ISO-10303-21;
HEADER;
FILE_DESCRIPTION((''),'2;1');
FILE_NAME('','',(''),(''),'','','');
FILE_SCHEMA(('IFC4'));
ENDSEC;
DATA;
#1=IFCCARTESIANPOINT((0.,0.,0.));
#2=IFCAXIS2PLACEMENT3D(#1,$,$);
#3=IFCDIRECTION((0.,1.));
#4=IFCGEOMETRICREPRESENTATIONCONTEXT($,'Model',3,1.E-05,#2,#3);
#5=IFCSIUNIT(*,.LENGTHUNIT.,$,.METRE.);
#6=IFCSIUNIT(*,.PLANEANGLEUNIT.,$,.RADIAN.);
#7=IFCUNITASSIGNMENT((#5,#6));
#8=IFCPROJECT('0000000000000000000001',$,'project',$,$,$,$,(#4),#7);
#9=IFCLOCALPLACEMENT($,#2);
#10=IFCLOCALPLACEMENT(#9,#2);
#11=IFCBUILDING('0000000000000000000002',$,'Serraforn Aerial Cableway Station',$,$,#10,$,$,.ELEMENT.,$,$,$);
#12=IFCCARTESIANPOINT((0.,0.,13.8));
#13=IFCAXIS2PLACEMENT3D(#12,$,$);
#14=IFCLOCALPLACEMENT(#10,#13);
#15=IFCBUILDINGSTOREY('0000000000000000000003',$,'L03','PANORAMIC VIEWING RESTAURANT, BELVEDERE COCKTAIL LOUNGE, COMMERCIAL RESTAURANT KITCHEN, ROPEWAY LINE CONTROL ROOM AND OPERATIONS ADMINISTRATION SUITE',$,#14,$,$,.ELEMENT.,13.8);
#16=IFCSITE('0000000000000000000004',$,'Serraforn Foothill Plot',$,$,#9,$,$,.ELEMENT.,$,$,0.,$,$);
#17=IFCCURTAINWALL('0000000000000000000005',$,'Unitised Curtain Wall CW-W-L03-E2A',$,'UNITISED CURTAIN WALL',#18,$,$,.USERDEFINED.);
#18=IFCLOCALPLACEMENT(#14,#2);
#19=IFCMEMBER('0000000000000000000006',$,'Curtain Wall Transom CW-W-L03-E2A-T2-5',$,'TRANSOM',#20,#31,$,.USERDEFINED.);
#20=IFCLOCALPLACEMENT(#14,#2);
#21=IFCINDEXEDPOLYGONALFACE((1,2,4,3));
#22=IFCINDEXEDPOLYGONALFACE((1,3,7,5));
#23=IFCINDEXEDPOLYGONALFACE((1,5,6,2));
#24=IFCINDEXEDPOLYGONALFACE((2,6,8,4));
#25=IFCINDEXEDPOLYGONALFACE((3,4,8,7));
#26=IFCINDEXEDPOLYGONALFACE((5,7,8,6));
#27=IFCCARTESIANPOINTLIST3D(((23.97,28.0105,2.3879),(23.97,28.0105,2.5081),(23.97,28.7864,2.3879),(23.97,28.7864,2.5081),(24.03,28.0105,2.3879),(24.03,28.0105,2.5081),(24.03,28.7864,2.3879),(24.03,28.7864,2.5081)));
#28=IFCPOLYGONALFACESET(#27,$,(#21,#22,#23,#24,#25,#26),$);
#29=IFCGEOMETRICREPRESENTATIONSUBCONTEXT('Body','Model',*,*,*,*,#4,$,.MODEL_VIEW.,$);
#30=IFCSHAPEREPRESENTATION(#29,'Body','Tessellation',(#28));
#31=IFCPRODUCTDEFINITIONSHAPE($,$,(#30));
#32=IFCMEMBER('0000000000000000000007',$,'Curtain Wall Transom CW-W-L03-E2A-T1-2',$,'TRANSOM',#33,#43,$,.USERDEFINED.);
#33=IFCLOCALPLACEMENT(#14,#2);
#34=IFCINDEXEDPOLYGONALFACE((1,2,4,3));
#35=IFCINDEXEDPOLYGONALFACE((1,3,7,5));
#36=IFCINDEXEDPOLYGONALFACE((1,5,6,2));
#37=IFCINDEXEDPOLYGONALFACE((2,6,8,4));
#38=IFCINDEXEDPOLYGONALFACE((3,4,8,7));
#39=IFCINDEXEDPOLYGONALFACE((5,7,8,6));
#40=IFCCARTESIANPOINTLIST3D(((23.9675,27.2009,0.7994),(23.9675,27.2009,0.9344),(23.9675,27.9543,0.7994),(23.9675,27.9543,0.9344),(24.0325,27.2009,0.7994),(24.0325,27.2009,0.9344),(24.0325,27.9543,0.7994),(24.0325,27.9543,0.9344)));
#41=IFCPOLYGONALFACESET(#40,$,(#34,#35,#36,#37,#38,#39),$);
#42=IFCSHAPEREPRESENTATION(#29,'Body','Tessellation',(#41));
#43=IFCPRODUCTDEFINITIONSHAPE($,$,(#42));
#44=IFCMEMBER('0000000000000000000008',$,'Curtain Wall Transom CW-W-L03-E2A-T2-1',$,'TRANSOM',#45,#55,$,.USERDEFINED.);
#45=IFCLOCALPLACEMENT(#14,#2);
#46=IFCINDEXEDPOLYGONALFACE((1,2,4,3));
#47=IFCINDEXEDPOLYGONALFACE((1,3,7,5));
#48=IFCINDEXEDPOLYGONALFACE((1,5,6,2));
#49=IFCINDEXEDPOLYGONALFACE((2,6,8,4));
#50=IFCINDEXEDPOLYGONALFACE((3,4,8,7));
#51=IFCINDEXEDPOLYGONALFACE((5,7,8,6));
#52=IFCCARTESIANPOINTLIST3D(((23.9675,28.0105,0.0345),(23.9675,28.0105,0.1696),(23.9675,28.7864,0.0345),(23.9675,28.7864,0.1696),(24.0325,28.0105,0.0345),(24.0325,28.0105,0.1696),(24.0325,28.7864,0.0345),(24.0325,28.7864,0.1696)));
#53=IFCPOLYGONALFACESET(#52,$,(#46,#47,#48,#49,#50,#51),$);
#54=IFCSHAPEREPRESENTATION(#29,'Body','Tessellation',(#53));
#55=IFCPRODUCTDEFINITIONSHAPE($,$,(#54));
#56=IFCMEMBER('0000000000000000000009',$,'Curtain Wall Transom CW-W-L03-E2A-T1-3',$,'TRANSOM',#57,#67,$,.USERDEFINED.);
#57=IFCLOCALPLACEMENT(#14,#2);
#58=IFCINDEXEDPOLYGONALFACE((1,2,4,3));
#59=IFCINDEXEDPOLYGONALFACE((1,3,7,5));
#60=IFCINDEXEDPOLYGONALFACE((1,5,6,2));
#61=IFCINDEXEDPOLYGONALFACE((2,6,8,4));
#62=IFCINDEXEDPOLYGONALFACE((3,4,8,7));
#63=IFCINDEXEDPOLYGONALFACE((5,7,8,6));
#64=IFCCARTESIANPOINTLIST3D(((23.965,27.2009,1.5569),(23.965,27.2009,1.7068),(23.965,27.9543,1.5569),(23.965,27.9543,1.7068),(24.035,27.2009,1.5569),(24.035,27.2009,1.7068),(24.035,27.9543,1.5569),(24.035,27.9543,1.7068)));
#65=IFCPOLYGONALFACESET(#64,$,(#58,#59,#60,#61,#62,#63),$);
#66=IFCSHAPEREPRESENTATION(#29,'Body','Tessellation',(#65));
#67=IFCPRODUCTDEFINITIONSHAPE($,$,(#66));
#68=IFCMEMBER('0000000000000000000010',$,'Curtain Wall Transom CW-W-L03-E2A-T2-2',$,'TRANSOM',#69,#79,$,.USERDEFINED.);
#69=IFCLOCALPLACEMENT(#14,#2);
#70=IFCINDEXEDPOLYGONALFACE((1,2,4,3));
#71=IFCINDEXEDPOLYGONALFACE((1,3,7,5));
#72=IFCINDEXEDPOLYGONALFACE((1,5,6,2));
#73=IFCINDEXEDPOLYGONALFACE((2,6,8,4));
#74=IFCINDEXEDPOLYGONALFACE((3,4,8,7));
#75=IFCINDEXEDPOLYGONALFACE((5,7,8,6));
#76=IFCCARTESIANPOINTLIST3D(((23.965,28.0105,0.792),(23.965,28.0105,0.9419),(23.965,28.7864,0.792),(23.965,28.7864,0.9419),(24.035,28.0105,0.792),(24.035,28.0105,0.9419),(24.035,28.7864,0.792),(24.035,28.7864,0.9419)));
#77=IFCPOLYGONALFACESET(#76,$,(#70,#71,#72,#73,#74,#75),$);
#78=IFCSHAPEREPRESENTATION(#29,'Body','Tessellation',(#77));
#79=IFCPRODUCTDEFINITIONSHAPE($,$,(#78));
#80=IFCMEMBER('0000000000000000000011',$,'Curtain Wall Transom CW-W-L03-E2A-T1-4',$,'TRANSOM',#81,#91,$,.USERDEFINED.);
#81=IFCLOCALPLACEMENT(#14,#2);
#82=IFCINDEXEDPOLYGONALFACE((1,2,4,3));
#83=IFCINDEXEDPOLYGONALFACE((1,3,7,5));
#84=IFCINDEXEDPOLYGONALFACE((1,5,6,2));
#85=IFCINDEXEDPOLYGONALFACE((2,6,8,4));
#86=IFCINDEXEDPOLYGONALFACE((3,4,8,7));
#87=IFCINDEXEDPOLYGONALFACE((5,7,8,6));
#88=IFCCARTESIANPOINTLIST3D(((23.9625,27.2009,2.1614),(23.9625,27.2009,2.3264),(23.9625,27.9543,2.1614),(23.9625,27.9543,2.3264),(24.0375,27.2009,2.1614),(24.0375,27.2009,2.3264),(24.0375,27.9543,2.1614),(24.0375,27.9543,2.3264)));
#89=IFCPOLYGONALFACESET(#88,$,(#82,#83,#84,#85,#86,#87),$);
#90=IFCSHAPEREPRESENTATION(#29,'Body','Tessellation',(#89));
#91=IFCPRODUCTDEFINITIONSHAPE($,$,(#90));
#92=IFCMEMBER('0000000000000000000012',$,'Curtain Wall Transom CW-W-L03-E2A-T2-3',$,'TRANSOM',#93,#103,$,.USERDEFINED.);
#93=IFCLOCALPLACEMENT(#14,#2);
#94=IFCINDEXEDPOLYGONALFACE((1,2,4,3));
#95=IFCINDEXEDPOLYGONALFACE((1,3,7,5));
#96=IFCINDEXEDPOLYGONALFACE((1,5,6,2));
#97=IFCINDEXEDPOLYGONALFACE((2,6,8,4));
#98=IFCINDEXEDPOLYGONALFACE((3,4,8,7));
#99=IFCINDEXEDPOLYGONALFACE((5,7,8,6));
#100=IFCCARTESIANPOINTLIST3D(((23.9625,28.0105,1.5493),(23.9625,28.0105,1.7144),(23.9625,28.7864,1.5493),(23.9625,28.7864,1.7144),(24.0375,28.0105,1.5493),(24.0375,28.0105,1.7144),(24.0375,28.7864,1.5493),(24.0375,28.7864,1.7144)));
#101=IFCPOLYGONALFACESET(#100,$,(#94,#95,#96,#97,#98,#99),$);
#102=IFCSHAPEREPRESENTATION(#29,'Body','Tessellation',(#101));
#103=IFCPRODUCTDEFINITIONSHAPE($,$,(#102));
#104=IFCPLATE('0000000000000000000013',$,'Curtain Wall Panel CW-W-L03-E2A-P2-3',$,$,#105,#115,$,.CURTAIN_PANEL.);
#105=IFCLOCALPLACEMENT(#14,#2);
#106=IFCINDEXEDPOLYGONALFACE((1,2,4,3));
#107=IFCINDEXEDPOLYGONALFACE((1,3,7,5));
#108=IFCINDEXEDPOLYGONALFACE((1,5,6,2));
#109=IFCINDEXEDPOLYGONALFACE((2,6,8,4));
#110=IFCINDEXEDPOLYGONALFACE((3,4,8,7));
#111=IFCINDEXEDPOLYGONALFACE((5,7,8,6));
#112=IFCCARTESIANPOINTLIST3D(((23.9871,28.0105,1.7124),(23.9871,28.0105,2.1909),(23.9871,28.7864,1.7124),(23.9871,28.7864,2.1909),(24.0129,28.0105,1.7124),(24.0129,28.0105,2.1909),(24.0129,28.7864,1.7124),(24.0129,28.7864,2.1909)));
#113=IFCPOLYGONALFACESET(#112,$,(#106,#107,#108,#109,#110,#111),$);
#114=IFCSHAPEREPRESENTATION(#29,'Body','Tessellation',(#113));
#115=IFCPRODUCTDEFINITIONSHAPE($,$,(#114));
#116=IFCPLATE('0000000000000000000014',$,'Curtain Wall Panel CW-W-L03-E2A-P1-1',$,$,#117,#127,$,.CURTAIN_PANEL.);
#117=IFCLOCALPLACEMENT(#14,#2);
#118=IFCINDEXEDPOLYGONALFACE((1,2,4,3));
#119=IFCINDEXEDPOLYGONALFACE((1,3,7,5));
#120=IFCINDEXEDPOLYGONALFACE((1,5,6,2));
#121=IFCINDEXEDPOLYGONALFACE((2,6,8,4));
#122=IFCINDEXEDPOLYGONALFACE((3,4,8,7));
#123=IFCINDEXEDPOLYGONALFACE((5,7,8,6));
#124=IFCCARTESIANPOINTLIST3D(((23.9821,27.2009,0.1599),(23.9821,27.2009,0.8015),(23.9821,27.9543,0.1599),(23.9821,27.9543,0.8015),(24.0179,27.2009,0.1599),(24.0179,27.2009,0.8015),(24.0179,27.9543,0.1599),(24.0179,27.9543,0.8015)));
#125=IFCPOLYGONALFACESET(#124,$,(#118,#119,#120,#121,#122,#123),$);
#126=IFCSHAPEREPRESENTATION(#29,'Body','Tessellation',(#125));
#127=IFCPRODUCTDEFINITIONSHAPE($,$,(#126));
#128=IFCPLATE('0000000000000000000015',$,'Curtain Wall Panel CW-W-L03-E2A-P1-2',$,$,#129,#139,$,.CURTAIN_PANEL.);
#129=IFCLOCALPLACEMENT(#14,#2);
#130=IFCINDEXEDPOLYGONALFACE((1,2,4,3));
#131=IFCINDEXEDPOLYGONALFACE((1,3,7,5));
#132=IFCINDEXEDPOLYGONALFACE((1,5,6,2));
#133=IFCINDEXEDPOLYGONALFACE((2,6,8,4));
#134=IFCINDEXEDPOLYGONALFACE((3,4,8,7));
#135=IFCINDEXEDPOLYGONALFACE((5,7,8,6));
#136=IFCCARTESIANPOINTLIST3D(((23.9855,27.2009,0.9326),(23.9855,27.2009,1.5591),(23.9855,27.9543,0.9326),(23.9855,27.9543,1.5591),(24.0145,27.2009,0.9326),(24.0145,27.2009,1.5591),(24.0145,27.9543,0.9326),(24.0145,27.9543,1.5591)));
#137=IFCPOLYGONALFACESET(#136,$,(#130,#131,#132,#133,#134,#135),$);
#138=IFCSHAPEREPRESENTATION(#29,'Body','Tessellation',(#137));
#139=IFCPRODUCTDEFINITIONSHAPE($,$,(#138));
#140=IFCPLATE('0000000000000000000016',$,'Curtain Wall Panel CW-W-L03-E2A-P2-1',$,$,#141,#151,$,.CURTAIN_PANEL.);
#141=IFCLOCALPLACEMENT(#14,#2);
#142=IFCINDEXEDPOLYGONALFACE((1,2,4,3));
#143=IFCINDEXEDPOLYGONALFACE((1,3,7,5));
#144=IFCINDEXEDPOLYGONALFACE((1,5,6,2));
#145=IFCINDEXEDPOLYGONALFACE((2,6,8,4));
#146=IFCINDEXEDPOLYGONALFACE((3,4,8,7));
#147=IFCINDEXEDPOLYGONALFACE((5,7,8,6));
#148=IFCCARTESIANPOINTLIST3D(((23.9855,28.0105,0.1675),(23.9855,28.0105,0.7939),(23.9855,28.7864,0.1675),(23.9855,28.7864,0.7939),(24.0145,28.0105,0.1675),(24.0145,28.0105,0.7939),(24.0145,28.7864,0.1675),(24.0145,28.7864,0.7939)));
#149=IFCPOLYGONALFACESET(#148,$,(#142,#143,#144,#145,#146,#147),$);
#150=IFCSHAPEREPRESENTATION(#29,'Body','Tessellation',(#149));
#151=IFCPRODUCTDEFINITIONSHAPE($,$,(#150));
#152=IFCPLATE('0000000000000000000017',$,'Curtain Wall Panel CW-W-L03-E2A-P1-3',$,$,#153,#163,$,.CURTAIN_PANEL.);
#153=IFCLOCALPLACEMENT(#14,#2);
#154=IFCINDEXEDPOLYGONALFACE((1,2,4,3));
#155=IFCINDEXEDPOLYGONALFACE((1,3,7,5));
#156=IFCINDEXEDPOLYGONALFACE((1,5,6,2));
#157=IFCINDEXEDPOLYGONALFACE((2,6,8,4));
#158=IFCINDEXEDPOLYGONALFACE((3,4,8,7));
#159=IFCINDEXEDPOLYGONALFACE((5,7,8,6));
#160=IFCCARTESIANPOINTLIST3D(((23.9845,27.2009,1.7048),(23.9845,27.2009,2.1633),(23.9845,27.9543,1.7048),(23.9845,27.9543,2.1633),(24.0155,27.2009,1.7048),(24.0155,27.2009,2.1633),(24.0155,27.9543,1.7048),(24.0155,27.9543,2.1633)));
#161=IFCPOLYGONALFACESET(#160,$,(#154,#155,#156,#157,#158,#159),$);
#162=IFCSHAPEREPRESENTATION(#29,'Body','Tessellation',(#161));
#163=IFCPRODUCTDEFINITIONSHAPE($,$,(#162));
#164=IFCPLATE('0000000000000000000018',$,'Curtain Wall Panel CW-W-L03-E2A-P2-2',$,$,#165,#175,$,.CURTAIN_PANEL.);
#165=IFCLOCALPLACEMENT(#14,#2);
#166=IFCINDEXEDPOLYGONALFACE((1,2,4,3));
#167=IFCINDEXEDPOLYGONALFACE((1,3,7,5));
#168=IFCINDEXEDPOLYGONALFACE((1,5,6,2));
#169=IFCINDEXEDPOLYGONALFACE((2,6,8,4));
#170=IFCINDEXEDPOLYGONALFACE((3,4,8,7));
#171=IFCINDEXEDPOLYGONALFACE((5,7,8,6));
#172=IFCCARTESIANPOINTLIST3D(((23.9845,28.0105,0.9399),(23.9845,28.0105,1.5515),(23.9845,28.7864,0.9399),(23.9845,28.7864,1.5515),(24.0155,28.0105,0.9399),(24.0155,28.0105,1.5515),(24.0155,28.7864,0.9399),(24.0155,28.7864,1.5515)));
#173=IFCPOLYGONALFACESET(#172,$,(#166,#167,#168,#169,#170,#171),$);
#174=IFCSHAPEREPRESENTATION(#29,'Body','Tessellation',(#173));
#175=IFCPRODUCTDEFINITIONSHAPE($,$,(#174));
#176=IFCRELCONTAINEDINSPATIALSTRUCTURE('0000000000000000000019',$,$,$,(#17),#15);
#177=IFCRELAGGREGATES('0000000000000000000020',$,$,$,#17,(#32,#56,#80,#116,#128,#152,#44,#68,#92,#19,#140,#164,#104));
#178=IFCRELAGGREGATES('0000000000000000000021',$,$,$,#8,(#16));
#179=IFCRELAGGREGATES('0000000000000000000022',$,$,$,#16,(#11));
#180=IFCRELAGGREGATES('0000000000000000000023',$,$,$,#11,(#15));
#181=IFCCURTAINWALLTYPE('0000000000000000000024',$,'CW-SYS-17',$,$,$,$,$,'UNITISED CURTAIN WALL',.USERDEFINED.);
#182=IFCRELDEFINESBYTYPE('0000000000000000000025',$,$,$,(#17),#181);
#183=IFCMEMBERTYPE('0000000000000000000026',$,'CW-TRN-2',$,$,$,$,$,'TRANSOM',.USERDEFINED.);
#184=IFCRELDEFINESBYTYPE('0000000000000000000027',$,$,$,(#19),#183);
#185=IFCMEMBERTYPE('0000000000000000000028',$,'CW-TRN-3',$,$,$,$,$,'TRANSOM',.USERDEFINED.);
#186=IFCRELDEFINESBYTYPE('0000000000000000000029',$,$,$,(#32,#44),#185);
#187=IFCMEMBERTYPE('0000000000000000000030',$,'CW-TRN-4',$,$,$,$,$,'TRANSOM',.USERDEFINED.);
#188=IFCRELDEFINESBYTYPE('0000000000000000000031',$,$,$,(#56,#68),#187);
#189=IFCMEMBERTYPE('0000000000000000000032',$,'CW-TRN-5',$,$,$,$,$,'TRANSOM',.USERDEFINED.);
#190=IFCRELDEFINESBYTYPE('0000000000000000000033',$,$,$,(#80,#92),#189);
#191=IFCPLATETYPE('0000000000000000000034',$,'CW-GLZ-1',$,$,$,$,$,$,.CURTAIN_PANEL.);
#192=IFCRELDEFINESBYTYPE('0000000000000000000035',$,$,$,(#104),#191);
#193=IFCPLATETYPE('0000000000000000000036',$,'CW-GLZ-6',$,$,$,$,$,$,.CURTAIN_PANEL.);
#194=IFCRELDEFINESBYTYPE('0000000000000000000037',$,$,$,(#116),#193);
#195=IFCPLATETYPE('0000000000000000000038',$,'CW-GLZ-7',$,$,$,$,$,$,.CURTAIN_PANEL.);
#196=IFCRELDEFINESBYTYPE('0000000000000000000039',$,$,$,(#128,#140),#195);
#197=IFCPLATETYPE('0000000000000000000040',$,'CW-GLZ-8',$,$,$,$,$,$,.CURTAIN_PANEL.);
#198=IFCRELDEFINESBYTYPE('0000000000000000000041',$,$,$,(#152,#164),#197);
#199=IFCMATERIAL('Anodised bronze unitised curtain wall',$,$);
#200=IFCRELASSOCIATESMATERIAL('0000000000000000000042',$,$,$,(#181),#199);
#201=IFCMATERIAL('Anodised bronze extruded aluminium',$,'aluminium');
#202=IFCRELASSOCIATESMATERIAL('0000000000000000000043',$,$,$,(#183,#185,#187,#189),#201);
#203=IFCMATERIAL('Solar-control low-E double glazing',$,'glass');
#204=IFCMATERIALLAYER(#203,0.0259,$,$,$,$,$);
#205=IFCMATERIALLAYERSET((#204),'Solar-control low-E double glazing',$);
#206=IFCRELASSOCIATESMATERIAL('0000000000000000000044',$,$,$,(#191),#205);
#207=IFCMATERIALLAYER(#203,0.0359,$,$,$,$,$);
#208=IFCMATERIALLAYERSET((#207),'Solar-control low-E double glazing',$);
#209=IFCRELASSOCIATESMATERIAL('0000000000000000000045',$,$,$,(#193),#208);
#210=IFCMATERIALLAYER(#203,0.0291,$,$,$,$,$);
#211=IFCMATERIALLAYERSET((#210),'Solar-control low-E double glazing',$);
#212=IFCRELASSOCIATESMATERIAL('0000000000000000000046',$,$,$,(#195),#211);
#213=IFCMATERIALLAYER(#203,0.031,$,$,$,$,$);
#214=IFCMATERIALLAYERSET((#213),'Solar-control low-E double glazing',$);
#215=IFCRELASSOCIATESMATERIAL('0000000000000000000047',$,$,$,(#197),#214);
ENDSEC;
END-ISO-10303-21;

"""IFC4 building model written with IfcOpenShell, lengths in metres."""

from ifc_helpers import new_model, si_unit, direction, frame, origin, origin_2d, place, context, subcontext, project, spatial, rectangle, extrude, material, layer, layer_set, material_profile, profile_set, type_object, element, aggregate, save


model = new_model("IFC4")

# Units and contexts
model_context = context("Model", 3, precision=1e-05, world=origin(), true_north=direction((0.0, 1.0)))
body_context = subcontext(model_context, "Body", "Model", "MODEL_VIEW")
ifc_project = project(units=[si_unit("LENGTHUNIT", "METRE"), si_unit("PLANEANGLEUNIT", "RADIAN")], contexts=[model_context])

# Site, building, storey
site_placement = place(None, origin())
site = spatial("IfcSite", under=ifc_project, at=site_placement, Name="Serraforn Foothill Plot", CompositionType="ELEMENT", RefElevation=0.0)
building_placement = place(site_placement, origin())
building = spatial("IfcBuilding", under=site, at=building_placement, Name="Serraforn Aerial Cableway Station", CompositionType="ELEMENT")
storey_placement = place(building_placement, frame((0.0, 0.0, 13.8)))
storey = spatial("IfcBuildingStorey", under=building, at=storey_placement, Name="L03", Description="PANORAMIC VIEWING RESTAURANT, BELVEDERE COCKTAIL LOUNGE, COMMERCIAL RESTAURANT KITCHEN, ROPEWAY LINE CONTROL ROOM AND OPERATIONS ADMINISTRATION SUITE", CompositionType="ELEMENT", Elevation=13.8)

# Curtain wall, members, plates
ifc_material_1 = material(Name="Anodised bronze unitised curtain wall")
curtain_wall_type = type_object("IfcCurtainWallType", Name="CW-SYS-17", ElementType="UNITISED CURTAIN WALL", PredefinedType="USERDEFINED", material=ifc_material_1)
curtain_wall_placement = place(storey_placement, origin())
curtain_wall = element("IfcCurtainWall", 1, at=curtain_wall_placement, inside=storey, type_object=curtain_wall_type, Name="Unitised Curtain Wall CW-W-L03-E2A", ObjectType="UNITISED CURTAIN WALL", PredefinedType="USERDEFINED")
ifc_material_2 = material(Name="Anodised bronze extruded aluminium", Category="aluminium")
ifc_material_profile_1 = material_profile(ifc_material_2, rectangle(XDim=0.0601, YDim=0.1201, at=origin_2d()), Name="CW TRANSOM 60x120")
ifc_profile_set_1 = profile_set([ifc_material_profile_1], Name="Anodised bronze extruded aluminium")
member_type_1 = type_object("IfcMemberType", Name="CW-TRN-2", ElementType="TRANSOM", PredefinedType="USERDEFINED", material=ifc_profile_set_1)
member_1_placement = place(storey_placement, frame((24.0, 28.0105, 2.448), z_axis=(0.0, 1.0, 0.0), x_axis=(-1.0, 0.0, 0.0)))
member_1 = element("IfcMember", 2, at=member_1_placement, type_object=member_type_1, Name="Curtain Wall Transom CW-W-L03-E2A-T2-5", ObjectType="TRANSOM", PredefinedType="USERDEFINED", context=body_context, shape_type="SweptSolid", body=[
    extrude(rectangle(XDim=0.0601, YDim=0.1201, at=origin_2d()), origin(), (0.0, 0.0, 1.0), 0.7759),
])
ifc_material_profile_2 = material_profile(ifc_material_2, rectangle(XDim=0.0649, YDim=0.135, at=origin_2d()), Name="CW TRANSOM 65x135")
ifc_profile_set_2 = profile_set([ifc_material_profile_2], Name="Anodised bronze extruded aluminium")
member_type_2 = type_object("IfcMemberType", Name="CW-TRN-3", ElementType="TRANSOM", PredefinedType="USERDEFINED", material=ifc_profile_set_2)
member_2_placement = place(storey_placement, frame((24.0, 27.2009, 0.8669), z_axis=(0.0, 1.0, 0.0), x_axis=(-1.0, 0.0, 0.0)))
member_2 = element("IfcMember", 3, at=member_2_placement, type_object=member_type_2, Name="Curtain Wall Transom CW-W-L03-E2A-T1-2", ObjectType="TRANSOM", PredefinedType="USERDEFINED", context=body_context, shape_type="SweptSolid", body=[
    extrude(rectangle(XDim=0.0649, YDim=0.135, at=origin_2d()), origin(), (0.0, 0.0, 1.0), 0.7534),
])
member_3_placement = place(storey_placement, frame((24.0, 28.0105, 0.1021), z_axis=(0.0, 1.0, 0.0), x_axis=(-1.0, 0.0, 0.0)))
member_3 = element("IfcMember", 4, at=member_3_placement, type_object=member_type_2, Name="Curtain Wall Transom CW-W-L03-E2A-T2-1", ObjectType="TRANSOM", PredefinedType="USERDEFINED", context=body_context, shape_type="SweptSolid", body=[
    extrude(rectangle(XDim=0.0649, YDim=0.135, at=origin_2d()), origin(), (0.0, 0.0, 1.0), 0.7759),
])
ifc_material_profile_3 = material_profile(ifc_material_2, rectangle(XDim=0.0701, YDim=0.1499, at=origin_2d()), Name="CW TRANSOM 70x150")
ifc_profile_set_3 = profile_set([ifc_material_profile_3], Name="Anodised bronze extruded aluminium")
member_type_3 = type_object("IfcMemberType", Name="CW-TRN-4", ElementType="TRANSOM", PredefinedType="USERDEFINED", material=ifc_profile_set_3)
member_4_placement = place(storey_placement, frame((24.0, 27.2009, 1.6318), z_axis=(0.0, 1.0, 0.0), x_axis=(-1.0, 0.0, 0.0)))
member_4 = element("IfcMember", 5, at=member_4_placement, type_object=member_type_3, Name="Curtain Wall Transom CW-W-L03-E2A-T1-3", ObjectType="TRANSOM", PredefinedType="USERDEFINED", context=body_context, shape_type="SweptSolid", body=[
    extrude(rectangle(XDim=0.0701, YDim=0.1499, at=origin_2d()), origin(), (0.0, 0.0, 1.0), 0.7534),
])
member_5_placement = place(storey_placement, frame((24.0, 28.0105, 0.8669), z_axis=(0.0, 1.0, 0.0), x_axis=(-1.0, 0.0, 0.0)))
member_5 = element("IfcMember", 6, at=member_5_placement, type_object=member_type_3, Name="Curtain Wall Transom CW-W-L03-E2A-T2-2", ObjectType="TRANSOM", PredefinedType="USERDEFINED", context=body_context, shape_type="SweptSolid", body=[
    extrude(rectangle(XDim=0.0701, YDim=0.1499, at=origin_2d()), origin(), (0.0, 0.0, 1.0), 0.7759),
])
ifc_material_profile_4 = material_profile(ifc_material_2, rectangle(XDim=0.075, YDim=0.165, at=origin_2d()), Name="CW TRANSOM 75x165")
ifc_profile_set_4 = profile_set([ifc_material_profile_4], Name="Anodised bronze extruded aluminium")
member_type_4 = type_object("IfcMemberType", Name="CW-TRN-5", ElementType="TRANSOM", PredefinedType="USERDEFINED", material=ifc_profile_set_4)
member_6_placement = place(storey_placement, frame((24.0, 27.2009, 2.2439), z_axis=(0.0, 1.0, 0.0), x_axis=(-1.0, 0.0, 0.0)))
member_6 = element("IfcMember", 7, at=member_6_placement, type_object=member_type_4, Name="Curtain Wall Transom CW-W-L03-E2A-T1-4", ObjectType="TRANSOM", PredefinedType="USERDEFINED", context=body_context, shape_type="SweptSolid", body=[
    extrude(rectangle(XDim=0.075, YDim=0.165, at=origin_2d()), origin(), (0.0, 0.0, 1.0), 0.7534),
])
member_7_placement = place(storey_placement, frame((24.0, 28.0105, 1.6318), z_axis=(0.0, 1.0, 0.0), x_axis=(-1.0, 0.0, 0.0)))
member_7 = element("IfcMember", 8, at=member_7_placement, type_object=member_type_4, Name="Curtain Wall Transom CW-W-L03-E2A-T2-3", ObjectType="TRANSOM", PredefinedType="USERDEFINED", context=body_context, shape_type="SweptSolid", body=[
    extrude(rectangle(XDim=0.075, YDim=0.165, at=origin_2d()), origin(), (0.0, 0.0, 1.0), 0.7759),
])
ifc_material_3 = material(Name="Solar-control low-E double glazing", Category="glass")
ifc_layer_1 = layer(ifc_material_3, 0.0259)
ifc_layer_set_1 = layer_set([ifc_layer_1], Name="Solar-control low-E double glazing")
plate_type_1 = type_object("IfcPlateType", Name="CW-GLZ-1", PredefinedType="CURTAIN_PANEL", material=ifc_layer_set_1)
plate_1_placement = place(storey_placement, frame((24.0, 28.3984, 1.7124), z_axis=(0.0, 0.0, 1.0), x_axis=(1.0, 0.0, 0.0)))
plate_1 = element("IfcPlate", 9, at=plate_1_placement, type_object=plate_type_1, Name="Curtain Wall Panel CW-W-L03-E2A-P2-3", PredefinedType="CURTAIN_PANEL", context=body_context, shape_type="SweptSolid", body=[
    extrude(rectangle(XDim=0.0259, YDim=0.7759, at=origin_2d()), origin(), (0.0, 0.0, 1.0), 0.4785),
])
ifc_layer_2 = layer(ifc_material_3, 0.0359)
ifc_layer_set_2 = layer_set([ifc_layer_2], Name="Solar-control low-E double glazing")
plate_type_2 = type_object("IfcPlateType", Name="CW-GLZ-6", PredefinedType="CURTAIN_PANEL", material=ifc_layer_set_2)
plate_2_placement = place(storey_placement, frame((24.0, 27.5776, 0.1599), z_axis=(0.0, 0.0, 1.0), x_axis=(1.0, 0.0, 0.0)))
plate_2 = element("IfcPlate", 10, at=plate_2_placement, type_object=plate_type_2, Name="Curtain Wall Panel CW-W-L03-E2A-P1-1", PredefinedType="CURTAIN_PANEL", context=body_context, shape_type="SweptSolid", body=[
    extrude(rectangle(XDim=0.0359, YDim=0.7534, at=origin_2d()), origin(), (0.0, 0.0, 1.0), 0.6416),
])
ifc_layer_3 = layer(ifc_material_3, 0.0291)
ifc_layer_set_3 = layer_set([ifc_layer_3], Name="Solar-control low-E double glazing")
plate_type_3 = type_object("IfcPlateType", Name="CW-GLZ-7", PredefinedType="CURTAIN_PANEL", material=ifc_layer_set_3)
plate_3_placement = place(storey_placement, frame((24.0, 27.5776, 0.9326), z_axis=(0.0, 0.0, 1.0), x_axis=(1.0, 0.0, 0.0)))
plate_3 = element("IfcPlate", 11, at=plate_3_placement, type_object=plate_type_3, Name="Curtain Wall Panel CW-W-L03-E2A-P1-2", PredefinedType="CURTAIN_PANEL", context=body_context, shape_type="SweptSolid", body=[
    extrude(rectangle(XDim=0.0291, YDim=0.7534, at=origin_2d()), origin(), (0.0, 0.0, 1.0), 0.6265),
])
plate_4_placement = place(storey_placement, frame((24.0, 28.3984, 0.1675), z_axis=(0.0, 0.0, 1.0), x_axis=(1.0, 0.0, 0.0)))
plate_4 = element("IfcPlate", 12, at=plate_4_placement, type_object=plate_type_3, Name="Curtain Wall Panel CW-W-L03-E2A-P2-1", PredefinedType="CURTAIN_PANEL", context=body_context, shape_type="SweptSolid", body=[
    extrude(rectangle(XDim=0.0291, YDim=0.7759, at=origin_2d()), origin(), (0.0, 0.0, 1.0), 0.6265),
])
ifc_layer_4 = layer(ifc_material_3, 0.031)
ifc_layer_set_4 = layer_set([ifc_layer_4], Name="Solar-control low-E double glazing")
plate_type_4 = type_object("IfcPlateType", Name="CW-GLZ-8", PredefinedType="CURTAIN_PANEL", material=ifc_layer_set_4)
plate_5_placement = place(storey_placement, frame((24.0, 27.5776, 1.7048), z_axis=(0.0, 0.0, 1.0), x_axis=(1.0, 0.0, 0.0)))
plate_5 = element("IfcPlate", 13, at=plate_5_placement, type_object=plate_type_4, Name="Curtain Wall Panel CW-W-L03-E2A-P1-3", PredefinedType="CURTAIN_PANEL", context=body_context, shape_type="SweptSolid", body=[
    extrude(rectangle(XDim=0.031, YDim=0.7534, at=origin_2d()), origin(), (0.0, 0.0, 1.0), 0.4585),
])
plate_6_placement = place(storey_placement, frame((24.0, 28.3984, 0.9399), z_axis=(0.0, 0.0, 1.0), x_axis=(1.0, 0.0, 0.0)))
plate_6 = element("IfcPlate", 14, at=plate_6_placement, type_object=plate_type_4, Name="Curtain Wall Panel CW-W-L03-E2A-P2-2", PredefinedType="CURTAIN_PANEL", context=body_context, shape_type="SweptSolid", body=[
    extrude(rectangle(XDim=0.031, YDim=0.7759, at=origin_2d()), origin(), (0.0, 0.0, 1.0), 0.6116),
])
aggregate(curtain_wall, [member_2, member_4, member_6, plate_2, plate_3, plate_5, member_3, member_5, member_7, member_1, plate_4, plate_6, plate_1])

save(model, "model.ifc")
